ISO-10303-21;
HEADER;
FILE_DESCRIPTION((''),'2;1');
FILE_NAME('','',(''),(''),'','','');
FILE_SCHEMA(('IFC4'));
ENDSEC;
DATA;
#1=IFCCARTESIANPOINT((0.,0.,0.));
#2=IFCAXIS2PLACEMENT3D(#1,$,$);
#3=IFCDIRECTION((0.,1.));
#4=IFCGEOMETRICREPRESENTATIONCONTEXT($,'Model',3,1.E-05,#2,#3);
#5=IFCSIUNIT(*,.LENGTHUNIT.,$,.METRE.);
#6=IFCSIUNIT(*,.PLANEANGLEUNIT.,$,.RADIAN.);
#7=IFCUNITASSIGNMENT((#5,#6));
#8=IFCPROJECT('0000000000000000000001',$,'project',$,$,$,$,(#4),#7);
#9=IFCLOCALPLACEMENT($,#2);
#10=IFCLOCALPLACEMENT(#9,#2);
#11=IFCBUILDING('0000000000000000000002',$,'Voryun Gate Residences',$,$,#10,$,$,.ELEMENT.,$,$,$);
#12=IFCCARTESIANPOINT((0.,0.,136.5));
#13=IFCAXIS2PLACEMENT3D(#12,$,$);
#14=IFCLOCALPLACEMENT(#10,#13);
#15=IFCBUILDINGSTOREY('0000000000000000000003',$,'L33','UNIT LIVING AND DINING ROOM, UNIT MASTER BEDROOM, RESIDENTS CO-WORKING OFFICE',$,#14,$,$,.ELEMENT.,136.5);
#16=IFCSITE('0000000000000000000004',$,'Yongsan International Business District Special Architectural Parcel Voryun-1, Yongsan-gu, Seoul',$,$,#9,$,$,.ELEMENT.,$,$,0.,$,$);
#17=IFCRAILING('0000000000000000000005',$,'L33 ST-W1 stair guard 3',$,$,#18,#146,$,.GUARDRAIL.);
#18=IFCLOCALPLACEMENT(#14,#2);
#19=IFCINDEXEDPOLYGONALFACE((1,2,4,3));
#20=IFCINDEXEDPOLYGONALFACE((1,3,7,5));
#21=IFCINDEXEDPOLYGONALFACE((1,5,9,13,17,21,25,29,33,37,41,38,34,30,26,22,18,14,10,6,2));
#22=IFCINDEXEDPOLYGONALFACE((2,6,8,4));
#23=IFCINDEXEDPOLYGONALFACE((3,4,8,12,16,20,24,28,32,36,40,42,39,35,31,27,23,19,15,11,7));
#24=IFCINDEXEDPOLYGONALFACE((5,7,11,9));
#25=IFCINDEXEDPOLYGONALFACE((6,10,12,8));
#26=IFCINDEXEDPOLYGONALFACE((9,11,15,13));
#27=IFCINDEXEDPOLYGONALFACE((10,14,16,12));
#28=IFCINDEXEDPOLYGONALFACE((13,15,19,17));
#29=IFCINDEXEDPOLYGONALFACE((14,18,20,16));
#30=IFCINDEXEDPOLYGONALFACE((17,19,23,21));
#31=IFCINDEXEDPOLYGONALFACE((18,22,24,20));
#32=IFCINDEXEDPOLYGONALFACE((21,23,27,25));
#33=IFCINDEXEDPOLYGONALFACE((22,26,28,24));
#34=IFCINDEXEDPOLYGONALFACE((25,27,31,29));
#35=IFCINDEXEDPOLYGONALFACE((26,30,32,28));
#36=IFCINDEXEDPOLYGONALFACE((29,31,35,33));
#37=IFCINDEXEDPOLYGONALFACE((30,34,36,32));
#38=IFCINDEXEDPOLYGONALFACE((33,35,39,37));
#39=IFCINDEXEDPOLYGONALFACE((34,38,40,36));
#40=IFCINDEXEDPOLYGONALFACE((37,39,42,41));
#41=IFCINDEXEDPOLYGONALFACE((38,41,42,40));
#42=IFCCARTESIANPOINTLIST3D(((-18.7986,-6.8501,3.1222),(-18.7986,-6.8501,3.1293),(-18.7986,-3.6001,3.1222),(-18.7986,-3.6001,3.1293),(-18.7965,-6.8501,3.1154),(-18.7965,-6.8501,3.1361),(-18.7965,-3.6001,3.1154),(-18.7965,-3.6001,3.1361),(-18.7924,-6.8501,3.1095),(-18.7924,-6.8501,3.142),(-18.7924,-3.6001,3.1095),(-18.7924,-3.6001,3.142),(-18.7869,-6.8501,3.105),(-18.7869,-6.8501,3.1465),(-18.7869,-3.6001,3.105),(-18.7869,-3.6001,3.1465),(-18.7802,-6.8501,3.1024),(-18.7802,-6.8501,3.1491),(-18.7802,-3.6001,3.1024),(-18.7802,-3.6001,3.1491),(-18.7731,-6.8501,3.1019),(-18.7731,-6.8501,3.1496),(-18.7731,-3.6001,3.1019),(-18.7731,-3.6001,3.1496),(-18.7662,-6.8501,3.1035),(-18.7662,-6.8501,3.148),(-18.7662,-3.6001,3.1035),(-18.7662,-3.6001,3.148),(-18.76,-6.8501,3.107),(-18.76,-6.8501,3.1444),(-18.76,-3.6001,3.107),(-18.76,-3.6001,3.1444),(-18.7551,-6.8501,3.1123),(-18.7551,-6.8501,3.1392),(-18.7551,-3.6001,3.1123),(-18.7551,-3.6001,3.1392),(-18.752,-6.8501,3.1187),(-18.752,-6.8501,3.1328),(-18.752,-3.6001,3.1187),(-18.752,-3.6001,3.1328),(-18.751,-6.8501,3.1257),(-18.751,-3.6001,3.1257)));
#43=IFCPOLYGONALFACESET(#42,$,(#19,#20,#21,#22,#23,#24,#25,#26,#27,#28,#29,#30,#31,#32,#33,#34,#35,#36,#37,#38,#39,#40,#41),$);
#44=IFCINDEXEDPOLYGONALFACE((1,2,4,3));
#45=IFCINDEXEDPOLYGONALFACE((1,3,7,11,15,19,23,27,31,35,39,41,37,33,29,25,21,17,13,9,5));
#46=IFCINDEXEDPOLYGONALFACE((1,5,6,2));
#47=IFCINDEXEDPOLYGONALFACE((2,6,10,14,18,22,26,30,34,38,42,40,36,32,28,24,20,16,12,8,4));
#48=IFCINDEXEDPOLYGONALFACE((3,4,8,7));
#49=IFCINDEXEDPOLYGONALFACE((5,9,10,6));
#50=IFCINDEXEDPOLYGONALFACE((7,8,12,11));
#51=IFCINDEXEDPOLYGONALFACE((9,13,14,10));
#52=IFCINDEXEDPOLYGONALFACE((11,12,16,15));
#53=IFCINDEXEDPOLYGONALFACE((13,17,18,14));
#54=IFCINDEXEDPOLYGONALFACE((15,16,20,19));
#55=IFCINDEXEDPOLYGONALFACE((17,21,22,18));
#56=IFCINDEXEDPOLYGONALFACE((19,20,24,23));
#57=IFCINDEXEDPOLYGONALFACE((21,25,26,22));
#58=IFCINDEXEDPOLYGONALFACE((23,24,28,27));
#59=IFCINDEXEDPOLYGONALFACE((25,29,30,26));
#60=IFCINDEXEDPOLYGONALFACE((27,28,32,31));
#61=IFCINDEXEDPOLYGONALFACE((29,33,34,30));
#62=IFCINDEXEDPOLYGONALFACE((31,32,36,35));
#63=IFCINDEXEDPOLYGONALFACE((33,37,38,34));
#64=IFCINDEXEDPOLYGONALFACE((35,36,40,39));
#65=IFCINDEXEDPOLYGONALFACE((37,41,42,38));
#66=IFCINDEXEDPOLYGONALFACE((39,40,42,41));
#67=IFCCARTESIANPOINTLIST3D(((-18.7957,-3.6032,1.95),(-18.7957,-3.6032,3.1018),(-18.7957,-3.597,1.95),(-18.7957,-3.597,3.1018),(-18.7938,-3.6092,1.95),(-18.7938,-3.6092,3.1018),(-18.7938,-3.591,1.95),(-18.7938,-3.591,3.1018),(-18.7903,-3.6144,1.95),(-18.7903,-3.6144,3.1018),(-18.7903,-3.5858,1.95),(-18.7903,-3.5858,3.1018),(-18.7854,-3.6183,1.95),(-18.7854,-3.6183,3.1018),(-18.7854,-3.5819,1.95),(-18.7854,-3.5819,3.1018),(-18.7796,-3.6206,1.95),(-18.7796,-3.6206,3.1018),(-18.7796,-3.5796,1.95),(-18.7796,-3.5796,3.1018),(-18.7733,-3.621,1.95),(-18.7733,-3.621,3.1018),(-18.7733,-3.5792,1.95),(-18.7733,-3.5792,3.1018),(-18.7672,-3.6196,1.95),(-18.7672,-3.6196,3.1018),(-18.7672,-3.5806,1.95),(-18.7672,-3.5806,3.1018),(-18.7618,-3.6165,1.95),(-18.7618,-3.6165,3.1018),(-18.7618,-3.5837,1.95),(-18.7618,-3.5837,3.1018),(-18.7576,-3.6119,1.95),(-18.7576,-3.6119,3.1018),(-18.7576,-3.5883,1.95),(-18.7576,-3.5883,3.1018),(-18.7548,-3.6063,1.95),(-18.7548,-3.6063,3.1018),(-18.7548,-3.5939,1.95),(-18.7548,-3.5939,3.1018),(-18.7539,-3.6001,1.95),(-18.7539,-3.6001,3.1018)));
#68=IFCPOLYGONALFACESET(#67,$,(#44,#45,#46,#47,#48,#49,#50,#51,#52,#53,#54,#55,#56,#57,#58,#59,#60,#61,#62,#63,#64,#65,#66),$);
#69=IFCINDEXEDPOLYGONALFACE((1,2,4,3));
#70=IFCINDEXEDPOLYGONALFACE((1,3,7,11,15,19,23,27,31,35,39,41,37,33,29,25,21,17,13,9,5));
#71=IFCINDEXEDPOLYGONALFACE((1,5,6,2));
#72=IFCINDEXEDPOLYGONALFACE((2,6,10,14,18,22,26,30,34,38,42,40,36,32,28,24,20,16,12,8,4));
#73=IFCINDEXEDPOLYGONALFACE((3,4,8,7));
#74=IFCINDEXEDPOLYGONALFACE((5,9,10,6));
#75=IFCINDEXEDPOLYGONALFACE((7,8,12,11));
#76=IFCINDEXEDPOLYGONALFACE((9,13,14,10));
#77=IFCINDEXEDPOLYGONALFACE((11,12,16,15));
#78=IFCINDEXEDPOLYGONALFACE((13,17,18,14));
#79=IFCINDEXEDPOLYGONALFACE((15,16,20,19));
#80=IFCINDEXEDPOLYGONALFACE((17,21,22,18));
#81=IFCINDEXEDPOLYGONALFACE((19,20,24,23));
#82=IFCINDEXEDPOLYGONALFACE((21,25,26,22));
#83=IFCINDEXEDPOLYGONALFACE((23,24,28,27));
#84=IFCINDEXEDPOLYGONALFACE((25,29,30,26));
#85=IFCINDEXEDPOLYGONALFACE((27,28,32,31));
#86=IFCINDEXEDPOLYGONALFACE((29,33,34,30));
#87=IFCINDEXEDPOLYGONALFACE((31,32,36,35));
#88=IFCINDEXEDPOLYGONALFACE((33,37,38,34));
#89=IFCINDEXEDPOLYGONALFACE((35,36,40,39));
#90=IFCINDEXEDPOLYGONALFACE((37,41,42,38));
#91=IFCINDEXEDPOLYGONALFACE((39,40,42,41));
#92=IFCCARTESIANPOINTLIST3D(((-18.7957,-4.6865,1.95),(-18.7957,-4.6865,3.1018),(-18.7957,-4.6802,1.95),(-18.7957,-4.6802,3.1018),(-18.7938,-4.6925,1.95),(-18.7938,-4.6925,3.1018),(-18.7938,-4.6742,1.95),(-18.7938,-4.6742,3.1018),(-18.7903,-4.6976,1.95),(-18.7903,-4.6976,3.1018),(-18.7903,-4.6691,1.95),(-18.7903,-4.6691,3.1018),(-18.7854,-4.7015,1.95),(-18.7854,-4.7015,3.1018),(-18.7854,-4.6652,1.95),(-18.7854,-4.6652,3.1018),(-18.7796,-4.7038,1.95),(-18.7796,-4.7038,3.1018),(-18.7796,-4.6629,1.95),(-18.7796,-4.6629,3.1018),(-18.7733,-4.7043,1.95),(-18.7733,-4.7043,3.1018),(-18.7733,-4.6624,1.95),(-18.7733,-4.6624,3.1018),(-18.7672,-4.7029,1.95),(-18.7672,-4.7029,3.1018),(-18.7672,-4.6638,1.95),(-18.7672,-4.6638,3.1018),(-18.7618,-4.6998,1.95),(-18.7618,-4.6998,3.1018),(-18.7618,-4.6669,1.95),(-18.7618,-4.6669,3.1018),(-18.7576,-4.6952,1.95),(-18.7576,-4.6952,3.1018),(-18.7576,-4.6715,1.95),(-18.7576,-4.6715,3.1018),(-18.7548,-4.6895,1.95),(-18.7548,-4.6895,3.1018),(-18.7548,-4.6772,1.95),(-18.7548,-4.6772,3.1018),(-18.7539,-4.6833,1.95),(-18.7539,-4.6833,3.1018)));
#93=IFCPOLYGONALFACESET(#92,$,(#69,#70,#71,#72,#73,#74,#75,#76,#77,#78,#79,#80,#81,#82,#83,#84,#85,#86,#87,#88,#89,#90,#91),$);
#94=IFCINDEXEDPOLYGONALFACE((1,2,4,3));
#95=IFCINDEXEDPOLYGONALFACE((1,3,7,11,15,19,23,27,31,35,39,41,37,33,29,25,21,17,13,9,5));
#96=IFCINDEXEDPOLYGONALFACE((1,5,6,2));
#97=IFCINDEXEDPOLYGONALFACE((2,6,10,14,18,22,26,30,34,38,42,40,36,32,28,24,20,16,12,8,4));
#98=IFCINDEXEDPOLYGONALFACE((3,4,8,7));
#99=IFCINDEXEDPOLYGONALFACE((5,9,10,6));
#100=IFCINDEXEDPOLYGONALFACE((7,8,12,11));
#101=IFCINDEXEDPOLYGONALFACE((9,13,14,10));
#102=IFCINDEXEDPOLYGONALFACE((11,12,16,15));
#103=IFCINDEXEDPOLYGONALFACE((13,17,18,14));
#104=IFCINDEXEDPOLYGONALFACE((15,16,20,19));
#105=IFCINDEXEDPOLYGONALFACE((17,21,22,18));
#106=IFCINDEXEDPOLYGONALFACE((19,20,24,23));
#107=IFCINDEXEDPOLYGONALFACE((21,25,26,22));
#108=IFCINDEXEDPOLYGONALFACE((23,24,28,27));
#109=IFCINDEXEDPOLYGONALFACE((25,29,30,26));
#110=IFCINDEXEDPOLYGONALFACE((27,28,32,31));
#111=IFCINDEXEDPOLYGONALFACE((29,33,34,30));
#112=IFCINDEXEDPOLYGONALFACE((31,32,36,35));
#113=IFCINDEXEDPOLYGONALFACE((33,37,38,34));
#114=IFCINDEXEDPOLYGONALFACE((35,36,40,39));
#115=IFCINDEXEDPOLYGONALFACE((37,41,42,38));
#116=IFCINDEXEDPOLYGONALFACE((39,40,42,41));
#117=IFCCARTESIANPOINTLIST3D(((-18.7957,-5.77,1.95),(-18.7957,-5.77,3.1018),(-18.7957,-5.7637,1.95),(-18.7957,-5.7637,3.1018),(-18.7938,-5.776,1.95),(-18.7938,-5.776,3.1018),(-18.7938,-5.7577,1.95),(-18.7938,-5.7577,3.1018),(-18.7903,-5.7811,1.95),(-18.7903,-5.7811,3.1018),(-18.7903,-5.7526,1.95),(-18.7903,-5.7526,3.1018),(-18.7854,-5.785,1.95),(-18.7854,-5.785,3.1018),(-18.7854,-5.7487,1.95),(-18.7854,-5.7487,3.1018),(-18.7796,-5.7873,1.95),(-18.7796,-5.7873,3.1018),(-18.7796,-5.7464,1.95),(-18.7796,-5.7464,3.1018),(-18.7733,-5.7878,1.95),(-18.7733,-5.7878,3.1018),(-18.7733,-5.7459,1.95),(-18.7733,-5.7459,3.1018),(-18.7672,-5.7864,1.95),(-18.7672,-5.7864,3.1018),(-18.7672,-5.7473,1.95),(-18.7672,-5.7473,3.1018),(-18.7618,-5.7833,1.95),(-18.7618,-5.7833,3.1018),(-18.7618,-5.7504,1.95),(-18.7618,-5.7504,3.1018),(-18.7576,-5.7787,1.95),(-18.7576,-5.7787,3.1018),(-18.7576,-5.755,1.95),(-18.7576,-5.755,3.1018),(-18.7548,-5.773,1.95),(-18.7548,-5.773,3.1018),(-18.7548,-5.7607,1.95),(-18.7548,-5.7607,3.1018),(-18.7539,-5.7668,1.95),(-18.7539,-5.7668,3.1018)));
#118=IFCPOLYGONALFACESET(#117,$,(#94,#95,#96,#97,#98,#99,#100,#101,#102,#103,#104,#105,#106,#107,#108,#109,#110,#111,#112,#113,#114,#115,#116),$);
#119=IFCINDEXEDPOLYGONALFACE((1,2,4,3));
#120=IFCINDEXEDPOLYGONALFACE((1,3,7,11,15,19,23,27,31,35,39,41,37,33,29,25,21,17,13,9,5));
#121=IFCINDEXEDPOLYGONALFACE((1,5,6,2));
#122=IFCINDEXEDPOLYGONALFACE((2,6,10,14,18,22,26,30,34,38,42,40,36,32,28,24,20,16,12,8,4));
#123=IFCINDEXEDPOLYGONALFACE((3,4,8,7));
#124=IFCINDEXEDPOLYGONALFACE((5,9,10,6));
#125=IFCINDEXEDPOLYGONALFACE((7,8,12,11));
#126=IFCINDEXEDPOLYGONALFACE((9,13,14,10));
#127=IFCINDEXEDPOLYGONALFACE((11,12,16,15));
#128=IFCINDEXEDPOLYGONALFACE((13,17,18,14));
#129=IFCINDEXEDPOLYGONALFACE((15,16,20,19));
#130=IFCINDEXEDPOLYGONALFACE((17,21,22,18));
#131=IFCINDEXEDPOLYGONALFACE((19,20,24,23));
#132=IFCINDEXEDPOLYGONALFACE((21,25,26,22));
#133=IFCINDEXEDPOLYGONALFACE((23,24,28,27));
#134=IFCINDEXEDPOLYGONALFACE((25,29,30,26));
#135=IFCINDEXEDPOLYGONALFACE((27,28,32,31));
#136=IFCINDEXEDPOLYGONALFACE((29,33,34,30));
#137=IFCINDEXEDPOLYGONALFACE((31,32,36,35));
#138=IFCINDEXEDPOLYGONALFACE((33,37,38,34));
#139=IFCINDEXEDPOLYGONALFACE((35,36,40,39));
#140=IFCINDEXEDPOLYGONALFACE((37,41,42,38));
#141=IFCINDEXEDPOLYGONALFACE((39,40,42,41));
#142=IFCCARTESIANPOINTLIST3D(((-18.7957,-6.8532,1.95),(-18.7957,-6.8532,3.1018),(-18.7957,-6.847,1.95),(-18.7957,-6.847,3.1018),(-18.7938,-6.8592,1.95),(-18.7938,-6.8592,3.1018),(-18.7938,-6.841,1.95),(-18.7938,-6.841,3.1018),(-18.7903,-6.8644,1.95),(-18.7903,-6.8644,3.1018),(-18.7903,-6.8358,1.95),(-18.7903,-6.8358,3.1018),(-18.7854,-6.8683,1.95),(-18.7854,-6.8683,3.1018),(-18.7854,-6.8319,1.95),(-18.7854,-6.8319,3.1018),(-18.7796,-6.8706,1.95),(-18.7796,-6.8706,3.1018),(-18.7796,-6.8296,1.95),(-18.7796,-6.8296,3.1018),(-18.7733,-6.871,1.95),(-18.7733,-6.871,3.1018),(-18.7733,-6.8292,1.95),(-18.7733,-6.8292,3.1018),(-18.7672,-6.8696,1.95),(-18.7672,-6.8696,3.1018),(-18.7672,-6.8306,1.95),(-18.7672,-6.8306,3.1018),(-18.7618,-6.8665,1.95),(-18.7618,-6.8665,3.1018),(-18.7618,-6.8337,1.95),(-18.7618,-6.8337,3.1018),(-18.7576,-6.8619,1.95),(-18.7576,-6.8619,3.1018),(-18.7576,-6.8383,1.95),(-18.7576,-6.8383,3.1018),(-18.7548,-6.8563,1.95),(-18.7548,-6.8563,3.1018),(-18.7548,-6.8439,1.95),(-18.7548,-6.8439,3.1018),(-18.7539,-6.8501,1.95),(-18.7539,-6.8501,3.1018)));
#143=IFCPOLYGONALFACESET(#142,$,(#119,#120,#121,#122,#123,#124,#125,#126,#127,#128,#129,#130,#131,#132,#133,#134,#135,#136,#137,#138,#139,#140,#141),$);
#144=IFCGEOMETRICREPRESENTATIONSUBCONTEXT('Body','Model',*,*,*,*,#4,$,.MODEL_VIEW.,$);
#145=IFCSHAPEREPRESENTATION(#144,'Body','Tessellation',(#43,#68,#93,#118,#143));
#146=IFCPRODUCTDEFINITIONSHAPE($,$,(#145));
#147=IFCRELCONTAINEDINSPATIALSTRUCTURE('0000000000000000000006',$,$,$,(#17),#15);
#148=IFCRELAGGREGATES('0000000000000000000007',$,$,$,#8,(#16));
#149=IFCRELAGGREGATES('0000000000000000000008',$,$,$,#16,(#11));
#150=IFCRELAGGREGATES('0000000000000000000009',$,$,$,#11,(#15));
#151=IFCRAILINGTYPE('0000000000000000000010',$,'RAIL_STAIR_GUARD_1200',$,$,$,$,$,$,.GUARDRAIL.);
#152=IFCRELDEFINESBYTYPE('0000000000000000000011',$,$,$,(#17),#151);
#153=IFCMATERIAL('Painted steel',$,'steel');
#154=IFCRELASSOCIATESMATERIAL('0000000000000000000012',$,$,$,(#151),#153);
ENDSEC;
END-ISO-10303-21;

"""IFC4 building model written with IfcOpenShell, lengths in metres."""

from ifc_helpers import new_model, si_unit, direction, frame, origin, origin_2d, place, context, subcontext, project, spatial, circle, extrude, material, type_object, element, save


model = new_model("IFC4")

# Units and contexts
model_context = context("Model", 3, precision=1e-05, world=origin(), true_north=direction((0.0, 1.0)))
body_context = subcontext(model_context, "Body", "Model", "MODEL_VIEW")
ifc_project = project(units=[si_unit("LENGTHUNIT", "METRE"), si_unit("PLANEANGLEUNIT", "RADIAN")], contexts=[model_context])

# Site, building, storey
site_placement = place(None, origin())
site = spatial("IfcSite", under=ifc_project, at=site_placement, Name="Yongsan International Business District Special Architectural Parcel Voryun-1, Yongsan-gu, Seoul", CompositionType="ELEMENT", RefElevation=0.0)
building_placement = place(site_placement, origin())
building = spatial("IfcBuilding", under=site, at=building_placement, Name="Voryun Gate Residences", CompositionType="ELEMENT")
storey_placement = place(building_placement, frame((0.0, 0.0, 136.5)))
storey = spatial("IfcBuildingStorey", under=building, at=storey_placement, Name="L33", Description="UNIT LIVING AND DINING ROOM, UNIT MASTER BEDROOM, RESIDENTS CO-WORKING OFFICE", CompositionType="ELEMENT", Elevation=136.5)

# Railing
ifc_material_1 = material(Name="Painted steel", Category="steel")
railing_type_1 = type_object("IfcRailingType", Name="RAIL_STAIR_GUARD_1200", PredefinedType="GUARDRAIL", material=ifc_material_1)
railing_1_placement = place(storey_placement, frame((-18.7749, -3.6001, 1.95)))
element("IfcRailing", 1, at=railing_1_placement, inside=storey, type_object=railing_type_1, Name="L33 ST-W1 stair guard 3", PredefinedType="GUARDRAIL", context=body_context, shape_type="SweptSolid", body=[
    extrude(circle(Radius=0.0239, at=origin_2d()), frame((0.0, 0.0, 1.1758), z_axis=(0.0, -1.0, 0.0), x_axis=(1.0, 0.0, 0.0)), (0.0, 0.0, 1.0), 3.25),
    extrude(circle(Radius=0.021, at=origin_2d()), origin(), (0.0, 0.0, 1.0), 1.1519),
    extrude(circle(Radius=0.021, at=origin_2d()), frame((0.0, -1.0833, 0.0)), (0.0, 0.0, 1.0), 1.1519),
    extrude(circle(Radius=0.021, at=origin_2d()), frame((0.0, -2.1667, 0.0)), (0.0, 0.0, 1.0), 1.1519),
    extrude(circle(Radius=0.021, at=origin_2d()), frame((0.0, -3.25, 0.0)), (0.0, 0.0, 1.0), 1.1519),
])

save(model, "model.ifc")
